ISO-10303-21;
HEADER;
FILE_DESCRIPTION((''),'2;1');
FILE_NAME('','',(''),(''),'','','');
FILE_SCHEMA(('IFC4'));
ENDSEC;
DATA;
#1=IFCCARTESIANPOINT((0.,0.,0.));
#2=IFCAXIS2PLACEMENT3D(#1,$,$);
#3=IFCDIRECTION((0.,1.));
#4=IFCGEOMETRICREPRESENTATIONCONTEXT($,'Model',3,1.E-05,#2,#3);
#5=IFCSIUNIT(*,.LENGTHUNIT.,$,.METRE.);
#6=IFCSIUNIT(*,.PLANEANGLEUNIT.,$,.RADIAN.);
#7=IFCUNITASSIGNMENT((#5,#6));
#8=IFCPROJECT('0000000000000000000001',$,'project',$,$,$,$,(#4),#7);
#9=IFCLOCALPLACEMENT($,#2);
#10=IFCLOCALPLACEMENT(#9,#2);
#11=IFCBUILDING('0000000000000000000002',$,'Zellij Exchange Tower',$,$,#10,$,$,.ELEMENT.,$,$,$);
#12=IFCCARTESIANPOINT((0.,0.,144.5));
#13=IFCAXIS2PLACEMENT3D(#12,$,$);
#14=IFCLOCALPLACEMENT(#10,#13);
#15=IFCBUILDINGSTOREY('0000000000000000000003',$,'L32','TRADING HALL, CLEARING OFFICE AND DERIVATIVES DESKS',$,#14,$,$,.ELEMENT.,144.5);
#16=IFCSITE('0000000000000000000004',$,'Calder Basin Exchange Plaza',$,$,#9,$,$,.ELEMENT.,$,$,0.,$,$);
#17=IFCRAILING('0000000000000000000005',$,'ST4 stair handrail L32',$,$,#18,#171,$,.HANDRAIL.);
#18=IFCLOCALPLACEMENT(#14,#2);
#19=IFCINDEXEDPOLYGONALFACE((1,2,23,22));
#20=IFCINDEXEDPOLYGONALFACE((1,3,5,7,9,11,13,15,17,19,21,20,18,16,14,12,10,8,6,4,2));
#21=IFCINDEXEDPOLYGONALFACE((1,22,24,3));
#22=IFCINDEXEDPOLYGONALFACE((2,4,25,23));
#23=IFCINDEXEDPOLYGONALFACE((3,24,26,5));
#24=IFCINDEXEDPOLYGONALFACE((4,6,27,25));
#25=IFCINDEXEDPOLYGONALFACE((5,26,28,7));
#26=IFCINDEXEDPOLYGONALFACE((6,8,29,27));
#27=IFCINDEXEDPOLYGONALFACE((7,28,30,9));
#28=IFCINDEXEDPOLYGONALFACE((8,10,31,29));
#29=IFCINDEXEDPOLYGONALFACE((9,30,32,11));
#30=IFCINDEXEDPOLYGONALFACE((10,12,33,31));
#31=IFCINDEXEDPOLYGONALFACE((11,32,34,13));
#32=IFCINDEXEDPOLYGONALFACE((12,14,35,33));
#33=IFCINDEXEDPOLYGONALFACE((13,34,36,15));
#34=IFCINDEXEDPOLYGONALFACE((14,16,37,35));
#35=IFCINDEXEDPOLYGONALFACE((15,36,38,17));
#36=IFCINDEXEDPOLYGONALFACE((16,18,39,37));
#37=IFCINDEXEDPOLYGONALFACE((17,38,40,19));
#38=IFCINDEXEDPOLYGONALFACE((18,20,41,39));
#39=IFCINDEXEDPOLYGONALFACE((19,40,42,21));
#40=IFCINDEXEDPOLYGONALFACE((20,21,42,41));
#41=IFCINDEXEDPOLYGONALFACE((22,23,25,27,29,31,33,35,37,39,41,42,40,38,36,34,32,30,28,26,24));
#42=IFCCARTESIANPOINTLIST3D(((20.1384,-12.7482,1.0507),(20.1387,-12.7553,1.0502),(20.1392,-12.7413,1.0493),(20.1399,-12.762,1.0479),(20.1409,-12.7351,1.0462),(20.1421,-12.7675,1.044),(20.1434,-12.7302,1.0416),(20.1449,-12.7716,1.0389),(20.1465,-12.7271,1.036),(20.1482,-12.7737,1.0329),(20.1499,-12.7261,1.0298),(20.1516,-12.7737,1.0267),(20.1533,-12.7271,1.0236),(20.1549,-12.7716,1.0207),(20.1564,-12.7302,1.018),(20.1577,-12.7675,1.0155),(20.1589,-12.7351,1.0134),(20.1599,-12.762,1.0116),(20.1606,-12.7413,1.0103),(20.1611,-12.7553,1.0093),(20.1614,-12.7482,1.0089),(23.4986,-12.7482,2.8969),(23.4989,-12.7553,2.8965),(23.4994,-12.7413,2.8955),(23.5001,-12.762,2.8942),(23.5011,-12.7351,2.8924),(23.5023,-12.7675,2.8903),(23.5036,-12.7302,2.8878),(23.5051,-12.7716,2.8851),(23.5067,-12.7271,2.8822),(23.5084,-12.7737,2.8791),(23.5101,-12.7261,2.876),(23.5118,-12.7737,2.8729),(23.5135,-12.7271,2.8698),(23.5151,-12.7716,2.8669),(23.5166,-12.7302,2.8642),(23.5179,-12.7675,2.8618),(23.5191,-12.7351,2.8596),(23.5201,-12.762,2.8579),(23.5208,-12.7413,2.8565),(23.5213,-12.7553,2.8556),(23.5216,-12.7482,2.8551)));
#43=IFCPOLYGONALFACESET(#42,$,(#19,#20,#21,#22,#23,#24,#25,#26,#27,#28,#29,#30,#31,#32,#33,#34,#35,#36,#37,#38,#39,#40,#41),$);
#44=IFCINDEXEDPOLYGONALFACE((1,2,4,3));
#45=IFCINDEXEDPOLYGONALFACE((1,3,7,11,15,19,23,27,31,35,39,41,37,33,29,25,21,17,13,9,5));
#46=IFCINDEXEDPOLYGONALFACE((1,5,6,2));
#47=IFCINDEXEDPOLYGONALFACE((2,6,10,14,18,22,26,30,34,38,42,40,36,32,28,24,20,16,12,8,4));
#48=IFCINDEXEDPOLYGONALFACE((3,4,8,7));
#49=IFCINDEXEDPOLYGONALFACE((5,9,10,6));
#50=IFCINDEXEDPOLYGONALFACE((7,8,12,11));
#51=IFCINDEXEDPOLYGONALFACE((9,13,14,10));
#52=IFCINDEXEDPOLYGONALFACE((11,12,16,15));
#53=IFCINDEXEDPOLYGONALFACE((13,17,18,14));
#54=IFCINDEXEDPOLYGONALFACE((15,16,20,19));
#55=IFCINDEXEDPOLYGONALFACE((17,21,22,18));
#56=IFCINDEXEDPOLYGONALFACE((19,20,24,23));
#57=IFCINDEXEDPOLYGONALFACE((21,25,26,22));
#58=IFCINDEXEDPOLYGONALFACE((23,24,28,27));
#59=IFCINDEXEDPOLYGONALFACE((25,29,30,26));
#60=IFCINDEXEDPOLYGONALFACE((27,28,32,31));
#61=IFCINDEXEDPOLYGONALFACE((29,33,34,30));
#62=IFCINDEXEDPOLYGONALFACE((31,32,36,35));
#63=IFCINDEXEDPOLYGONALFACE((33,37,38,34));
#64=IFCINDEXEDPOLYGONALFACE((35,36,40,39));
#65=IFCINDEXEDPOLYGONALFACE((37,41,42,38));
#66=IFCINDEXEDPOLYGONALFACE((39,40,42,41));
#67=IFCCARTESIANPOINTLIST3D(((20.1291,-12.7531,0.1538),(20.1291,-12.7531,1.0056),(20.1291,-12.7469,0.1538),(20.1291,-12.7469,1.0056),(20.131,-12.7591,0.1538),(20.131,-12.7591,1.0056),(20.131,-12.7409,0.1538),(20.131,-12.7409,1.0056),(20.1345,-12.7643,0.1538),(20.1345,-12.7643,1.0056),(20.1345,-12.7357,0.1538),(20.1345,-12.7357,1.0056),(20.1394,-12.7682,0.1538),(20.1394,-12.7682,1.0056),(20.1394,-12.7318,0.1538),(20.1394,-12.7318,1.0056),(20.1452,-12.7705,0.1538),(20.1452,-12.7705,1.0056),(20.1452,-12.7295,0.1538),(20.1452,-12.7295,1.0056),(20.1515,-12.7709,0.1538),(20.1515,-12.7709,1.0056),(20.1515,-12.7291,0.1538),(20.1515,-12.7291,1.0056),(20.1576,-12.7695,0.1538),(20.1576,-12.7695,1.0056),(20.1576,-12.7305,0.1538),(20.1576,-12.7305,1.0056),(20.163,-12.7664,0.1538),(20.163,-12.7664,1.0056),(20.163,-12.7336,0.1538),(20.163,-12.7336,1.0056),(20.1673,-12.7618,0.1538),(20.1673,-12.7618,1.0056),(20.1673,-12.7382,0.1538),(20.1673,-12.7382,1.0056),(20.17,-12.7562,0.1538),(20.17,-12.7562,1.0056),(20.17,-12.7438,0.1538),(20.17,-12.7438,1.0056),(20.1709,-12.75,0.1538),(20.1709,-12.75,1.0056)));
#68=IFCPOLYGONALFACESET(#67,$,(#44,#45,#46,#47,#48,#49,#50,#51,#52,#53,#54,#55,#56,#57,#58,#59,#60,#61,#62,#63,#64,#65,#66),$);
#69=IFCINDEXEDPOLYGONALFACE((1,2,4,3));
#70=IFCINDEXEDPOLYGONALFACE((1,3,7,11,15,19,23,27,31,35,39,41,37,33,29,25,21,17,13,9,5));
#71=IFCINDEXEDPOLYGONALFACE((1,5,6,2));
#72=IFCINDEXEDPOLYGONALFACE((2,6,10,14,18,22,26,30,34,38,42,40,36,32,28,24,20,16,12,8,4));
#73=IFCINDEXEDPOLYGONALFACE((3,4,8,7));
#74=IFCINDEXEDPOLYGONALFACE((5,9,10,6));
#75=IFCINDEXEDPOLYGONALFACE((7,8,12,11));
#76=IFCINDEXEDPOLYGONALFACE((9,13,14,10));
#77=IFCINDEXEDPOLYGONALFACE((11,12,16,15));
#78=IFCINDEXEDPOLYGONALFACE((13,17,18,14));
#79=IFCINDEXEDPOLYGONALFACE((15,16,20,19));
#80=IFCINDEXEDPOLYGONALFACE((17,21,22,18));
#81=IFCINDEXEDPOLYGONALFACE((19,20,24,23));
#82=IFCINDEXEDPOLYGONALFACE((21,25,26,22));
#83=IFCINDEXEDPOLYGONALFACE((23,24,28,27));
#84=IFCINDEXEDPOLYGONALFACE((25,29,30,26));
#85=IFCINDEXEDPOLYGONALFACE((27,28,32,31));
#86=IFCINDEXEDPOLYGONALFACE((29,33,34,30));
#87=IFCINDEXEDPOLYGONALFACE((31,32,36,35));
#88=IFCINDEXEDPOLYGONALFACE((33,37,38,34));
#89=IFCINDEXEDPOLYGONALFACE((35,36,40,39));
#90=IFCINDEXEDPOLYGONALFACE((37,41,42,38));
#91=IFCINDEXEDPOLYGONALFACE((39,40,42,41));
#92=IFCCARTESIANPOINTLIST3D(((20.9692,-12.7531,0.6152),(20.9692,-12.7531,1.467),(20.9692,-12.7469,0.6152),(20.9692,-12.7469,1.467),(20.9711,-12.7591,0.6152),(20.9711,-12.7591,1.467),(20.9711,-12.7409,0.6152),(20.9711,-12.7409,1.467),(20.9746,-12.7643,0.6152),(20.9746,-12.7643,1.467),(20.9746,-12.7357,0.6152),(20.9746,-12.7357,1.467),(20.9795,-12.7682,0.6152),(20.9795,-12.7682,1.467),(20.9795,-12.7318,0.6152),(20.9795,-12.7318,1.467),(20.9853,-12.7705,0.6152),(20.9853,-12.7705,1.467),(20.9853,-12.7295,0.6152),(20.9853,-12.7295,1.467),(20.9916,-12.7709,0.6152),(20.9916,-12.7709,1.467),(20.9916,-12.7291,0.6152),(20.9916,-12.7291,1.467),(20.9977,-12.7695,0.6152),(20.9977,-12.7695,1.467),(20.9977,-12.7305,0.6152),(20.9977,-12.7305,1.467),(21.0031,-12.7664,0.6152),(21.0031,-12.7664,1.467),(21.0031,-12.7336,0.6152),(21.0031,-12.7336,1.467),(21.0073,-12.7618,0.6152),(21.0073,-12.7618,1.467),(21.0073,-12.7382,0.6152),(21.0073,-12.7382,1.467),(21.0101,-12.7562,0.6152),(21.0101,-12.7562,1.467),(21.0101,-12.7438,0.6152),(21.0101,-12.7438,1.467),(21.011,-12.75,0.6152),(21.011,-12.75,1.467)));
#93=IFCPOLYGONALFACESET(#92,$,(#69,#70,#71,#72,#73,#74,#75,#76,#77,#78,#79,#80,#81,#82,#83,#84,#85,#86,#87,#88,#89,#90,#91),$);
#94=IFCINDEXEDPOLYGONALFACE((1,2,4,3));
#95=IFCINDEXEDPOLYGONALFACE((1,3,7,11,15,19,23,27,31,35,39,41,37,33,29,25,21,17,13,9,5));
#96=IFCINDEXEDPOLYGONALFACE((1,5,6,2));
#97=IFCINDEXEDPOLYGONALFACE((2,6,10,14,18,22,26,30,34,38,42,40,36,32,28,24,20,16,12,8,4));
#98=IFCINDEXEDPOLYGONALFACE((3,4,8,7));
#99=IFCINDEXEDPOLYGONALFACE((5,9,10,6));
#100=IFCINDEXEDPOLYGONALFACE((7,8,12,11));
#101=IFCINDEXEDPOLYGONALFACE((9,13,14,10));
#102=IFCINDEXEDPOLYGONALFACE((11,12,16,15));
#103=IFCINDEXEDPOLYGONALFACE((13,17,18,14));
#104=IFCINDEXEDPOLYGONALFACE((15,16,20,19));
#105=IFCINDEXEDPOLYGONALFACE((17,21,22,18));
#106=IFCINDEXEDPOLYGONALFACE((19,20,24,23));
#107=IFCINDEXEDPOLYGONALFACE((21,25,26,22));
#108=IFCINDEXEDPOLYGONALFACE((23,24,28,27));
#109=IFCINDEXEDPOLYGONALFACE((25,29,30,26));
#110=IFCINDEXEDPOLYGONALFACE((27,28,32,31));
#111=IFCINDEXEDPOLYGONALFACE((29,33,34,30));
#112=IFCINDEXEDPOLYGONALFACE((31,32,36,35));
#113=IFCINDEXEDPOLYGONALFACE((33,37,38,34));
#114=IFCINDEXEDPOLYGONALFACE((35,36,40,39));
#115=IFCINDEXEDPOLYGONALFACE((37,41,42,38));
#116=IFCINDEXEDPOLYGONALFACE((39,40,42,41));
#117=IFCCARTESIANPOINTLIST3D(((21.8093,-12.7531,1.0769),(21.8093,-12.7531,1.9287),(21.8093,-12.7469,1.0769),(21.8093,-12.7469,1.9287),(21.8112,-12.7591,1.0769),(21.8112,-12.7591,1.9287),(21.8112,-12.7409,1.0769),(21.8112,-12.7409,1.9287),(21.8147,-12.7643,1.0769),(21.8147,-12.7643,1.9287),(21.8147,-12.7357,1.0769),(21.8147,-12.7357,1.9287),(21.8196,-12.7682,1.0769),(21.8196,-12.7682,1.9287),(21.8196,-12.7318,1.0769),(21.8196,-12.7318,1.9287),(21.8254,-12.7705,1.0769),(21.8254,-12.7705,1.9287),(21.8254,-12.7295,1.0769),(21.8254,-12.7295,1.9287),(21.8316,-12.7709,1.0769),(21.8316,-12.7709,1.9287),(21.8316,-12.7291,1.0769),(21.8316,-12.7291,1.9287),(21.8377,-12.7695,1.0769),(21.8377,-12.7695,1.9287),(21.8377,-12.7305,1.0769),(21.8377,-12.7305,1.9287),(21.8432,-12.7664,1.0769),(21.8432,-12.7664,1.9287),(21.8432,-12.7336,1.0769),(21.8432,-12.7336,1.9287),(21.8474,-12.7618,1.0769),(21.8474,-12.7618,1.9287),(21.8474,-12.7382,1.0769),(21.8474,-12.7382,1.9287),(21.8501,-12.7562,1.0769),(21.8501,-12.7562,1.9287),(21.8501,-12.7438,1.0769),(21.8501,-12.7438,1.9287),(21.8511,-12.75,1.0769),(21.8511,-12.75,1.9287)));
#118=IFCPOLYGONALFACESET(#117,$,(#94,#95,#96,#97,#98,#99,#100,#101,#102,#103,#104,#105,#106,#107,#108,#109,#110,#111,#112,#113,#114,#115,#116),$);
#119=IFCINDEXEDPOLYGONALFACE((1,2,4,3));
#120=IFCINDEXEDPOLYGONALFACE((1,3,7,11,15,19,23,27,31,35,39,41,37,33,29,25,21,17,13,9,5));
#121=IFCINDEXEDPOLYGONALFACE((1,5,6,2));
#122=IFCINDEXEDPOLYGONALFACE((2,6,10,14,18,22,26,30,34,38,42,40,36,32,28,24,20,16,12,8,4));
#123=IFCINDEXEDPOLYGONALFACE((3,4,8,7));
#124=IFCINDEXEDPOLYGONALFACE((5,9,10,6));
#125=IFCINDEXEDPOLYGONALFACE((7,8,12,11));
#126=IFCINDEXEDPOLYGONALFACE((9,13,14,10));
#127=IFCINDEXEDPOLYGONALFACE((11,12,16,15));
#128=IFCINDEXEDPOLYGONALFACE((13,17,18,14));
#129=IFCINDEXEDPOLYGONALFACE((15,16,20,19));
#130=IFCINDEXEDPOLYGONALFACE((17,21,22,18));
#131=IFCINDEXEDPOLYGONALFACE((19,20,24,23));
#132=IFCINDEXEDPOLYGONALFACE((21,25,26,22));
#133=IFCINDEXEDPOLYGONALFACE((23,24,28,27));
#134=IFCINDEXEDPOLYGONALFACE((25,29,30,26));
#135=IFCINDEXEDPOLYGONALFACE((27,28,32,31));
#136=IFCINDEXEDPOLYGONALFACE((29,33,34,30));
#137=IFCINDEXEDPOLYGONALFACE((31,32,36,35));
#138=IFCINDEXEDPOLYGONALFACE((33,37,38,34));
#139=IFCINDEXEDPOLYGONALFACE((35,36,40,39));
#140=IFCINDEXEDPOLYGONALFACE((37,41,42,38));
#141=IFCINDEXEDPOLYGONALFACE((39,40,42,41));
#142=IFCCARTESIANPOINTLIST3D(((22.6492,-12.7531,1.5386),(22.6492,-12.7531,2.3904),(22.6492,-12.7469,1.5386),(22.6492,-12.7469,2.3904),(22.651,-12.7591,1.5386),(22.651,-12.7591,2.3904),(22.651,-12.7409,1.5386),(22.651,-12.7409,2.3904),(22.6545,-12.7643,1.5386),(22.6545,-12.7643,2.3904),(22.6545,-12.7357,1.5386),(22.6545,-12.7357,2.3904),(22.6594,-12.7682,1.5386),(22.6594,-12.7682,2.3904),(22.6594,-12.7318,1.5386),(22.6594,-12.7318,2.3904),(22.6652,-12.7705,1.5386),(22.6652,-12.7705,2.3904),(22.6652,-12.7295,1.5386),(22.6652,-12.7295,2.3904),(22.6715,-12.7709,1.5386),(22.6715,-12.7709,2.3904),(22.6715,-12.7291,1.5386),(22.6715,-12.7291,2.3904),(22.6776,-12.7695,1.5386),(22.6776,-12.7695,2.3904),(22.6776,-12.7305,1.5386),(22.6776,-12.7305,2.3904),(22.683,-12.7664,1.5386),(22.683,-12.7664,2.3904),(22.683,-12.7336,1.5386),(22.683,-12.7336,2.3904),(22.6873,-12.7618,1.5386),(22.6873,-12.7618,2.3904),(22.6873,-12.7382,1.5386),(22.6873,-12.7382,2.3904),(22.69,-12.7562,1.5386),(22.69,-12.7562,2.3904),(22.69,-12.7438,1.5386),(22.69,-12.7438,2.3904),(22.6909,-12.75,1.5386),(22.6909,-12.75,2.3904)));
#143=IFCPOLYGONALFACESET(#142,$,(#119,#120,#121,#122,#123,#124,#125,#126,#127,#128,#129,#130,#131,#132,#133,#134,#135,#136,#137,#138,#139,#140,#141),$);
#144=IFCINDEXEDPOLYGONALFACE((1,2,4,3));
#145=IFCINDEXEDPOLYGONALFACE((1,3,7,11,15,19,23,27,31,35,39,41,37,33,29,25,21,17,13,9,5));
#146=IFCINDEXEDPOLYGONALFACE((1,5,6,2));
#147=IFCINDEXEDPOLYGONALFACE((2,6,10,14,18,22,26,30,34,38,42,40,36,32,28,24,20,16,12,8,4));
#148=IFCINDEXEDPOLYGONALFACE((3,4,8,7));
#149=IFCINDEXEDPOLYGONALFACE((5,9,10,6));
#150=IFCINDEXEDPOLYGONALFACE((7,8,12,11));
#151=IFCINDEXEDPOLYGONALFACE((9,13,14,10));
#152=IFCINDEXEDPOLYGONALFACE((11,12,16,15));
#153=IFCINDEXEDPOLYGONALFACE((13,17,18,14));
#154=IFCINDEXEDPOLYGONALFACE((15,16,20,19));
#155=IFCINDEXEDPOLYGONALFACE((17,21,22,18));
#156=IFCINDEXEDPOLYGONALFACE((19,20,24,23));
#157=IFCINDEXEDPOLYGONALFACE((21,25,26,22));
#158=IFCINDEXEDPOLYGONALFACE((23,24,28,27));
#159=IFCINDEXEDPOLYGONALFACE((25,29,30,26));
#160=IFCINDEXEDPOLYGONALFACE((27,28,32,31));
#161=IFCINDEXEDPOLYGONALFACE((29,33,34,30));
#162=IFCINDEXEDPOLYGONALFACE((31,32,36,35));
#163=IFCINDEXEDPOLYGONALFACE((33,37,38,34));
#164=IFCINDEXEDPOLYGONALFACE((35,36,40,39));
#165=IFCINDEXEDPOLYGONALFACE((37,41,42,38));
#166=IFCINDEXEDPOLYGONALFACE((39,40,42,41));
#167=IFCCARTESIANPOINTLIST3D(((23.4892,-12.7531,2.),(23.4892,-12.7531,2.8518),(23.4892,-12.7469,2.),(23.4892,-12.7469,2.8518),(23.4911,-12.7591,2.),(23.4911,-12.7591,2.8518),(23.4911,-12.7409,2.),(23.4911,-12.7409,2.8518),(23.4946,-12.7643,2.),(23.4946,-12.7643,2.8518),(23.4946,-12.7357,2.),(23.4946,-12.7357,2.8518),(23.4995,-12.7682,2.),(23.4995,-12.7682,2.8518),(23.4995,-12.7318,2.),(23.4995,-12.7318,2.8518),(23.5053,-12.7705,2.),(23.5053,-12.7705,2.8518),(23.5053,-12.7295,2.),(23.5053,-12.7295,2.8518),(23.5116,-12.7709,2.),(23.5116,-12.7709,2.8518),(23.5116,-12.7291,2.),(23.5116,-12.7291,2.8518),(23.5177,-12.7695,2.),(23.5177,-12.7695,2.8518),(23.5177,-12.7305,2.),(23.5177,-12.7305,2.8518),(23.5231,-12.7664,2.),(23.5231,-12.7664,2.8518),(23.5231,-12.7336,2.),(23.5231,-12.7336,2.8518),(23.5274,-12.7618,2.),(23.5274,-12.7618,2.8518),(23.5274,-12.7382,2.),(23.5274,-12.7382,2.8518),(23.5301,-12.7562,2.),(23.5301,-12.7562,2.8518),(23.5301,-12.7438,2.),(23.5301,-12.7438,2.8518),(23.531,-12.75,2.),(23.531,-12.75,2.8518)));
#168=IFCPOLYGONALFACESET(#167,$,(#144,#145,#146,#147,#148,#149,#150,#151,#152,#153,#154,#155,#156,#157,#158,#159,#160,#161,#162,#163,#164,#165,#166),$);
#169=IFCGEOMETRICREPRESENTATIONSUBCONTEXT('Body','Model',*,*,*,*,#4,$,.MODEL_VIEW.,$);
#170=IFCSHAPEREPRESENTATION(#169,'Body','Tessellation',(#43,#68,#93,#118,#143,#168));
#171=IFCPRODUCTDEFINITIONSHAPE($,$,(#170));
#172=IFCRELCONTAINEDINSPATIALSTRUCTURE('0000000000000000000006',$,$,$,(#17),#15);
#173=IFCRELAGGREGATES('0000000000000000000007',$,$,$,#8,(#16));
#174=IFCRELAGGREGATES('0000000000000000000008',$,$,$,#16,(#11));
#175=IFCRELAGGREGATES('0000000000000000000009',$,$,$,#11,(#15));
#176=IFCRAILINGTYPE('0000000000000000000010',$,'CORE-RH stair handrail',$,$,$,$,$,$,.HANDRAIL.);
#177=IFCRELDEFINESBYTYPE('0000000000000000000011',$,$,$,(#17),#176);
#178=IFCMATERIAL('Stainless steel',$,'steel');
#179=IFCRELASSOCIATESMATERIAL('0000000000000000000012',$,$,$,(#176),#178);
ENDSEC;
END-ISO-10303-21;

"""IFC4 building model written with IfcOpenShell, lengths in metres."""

from ifc_helpers import new_model, si_unit, direction, frame, origin, origin_2d, place, context, subcontext, project, spatial, circle, extrude, material, type_object, element, save


model = new_model("IFC4")

# Units and contexts
model_context = context("Model", 3, precision=1e-05, world=origin(), true_north=direction((0.0, 1.0)))
body_context = subcontext(model_context, "Body", "Model", "MODEL_VIEW")
ifc_project = project(units=[si_unit("LENGTHUNIT", "METRE"), si_unit("PLANEANGLEUNIT", "RADIAN")], contexts=[model_context])

# Site, building, storey
site_placement = place(None, origin())
site = spatial("IfcSite", under=ifc_project, at=site_placement, Name="Calder Basin Exchange Plaza", CompositionType="ELEMENT", RefElevation=0.0)
building_placement = place(site_placement, origin())
building = spatial("IfcBuilding", under=site, at=building_placement, Name="Zellij Exchange Tower", CompositionType="ELEMENT")
storey_placement = place(building_placement, frame((0.0, 0.0, 144.5)))
storey = spatial("IfcBuildingStorey", under=building, at=storey_placement, Name="L32", Description="TRADING HALL, CLEARING OFFICE AND DERIVATIVES DESKS", CompositionType="ELEMENT", Elevation=144.5)

# Railing
ifc_material_1 = material(Name="Stainless steel", Category="steel")
railing_type_1 = type_object("IfcRailingType", Name="CORE-RH stair handrail", PredefinedType="HANDRAIL", material=ifc_material_1)
railing_1_placement = place(storey_placement, frame((20.1499, -12.75, 0.1538)))
element("IfcRailing", 1, at=railing_1_placement, inside=storey, type_object=railing_type_1, Name="ST4 stair handrail L32", PredefinedType="HANDRAIL", context=body_context, shape_type="SweptSolid", body=[
    extrude(circle(Radius=0.0239, at=origin_2d()), frame((0.0, 0.0, 0.876), z_axis=(0.876422, 0.0, 0.481545), x_axis=(0.0, 1.0, 0.0)), (0.0, 0.0, 1.0), 3.834),
    extrude(circle(Radius=0.021, at=origin_2d()), origin(), (0.0, 0.0, 1.0), 0.8518),
    extrude(circle(Radius=0.021, at=origin_2d()), frame((0.8401, 0.0, 0.4614)), (0.0, 0.0, 1.0), 0.8518),
    extrude(circle(Radius=0.021, at=origin_2d()), frame((1.6802, 0.0, 0.9231)), (0.0, 0.0, 1.0), 0.8518),
    extrude(circle(Radius=0.021, at=origin_2d()), frame((2.52, 0.0, 1.3848)), (0.0, 0.0, 1.0), 0.8518),
    extrude(circle(Radius=0.021, at=origin_2d()), frame((3.3601, 0.0, 1.8462)), (0.0, 0.0, 1.0), 0.8518),
])

save(model, "model.ifc")
